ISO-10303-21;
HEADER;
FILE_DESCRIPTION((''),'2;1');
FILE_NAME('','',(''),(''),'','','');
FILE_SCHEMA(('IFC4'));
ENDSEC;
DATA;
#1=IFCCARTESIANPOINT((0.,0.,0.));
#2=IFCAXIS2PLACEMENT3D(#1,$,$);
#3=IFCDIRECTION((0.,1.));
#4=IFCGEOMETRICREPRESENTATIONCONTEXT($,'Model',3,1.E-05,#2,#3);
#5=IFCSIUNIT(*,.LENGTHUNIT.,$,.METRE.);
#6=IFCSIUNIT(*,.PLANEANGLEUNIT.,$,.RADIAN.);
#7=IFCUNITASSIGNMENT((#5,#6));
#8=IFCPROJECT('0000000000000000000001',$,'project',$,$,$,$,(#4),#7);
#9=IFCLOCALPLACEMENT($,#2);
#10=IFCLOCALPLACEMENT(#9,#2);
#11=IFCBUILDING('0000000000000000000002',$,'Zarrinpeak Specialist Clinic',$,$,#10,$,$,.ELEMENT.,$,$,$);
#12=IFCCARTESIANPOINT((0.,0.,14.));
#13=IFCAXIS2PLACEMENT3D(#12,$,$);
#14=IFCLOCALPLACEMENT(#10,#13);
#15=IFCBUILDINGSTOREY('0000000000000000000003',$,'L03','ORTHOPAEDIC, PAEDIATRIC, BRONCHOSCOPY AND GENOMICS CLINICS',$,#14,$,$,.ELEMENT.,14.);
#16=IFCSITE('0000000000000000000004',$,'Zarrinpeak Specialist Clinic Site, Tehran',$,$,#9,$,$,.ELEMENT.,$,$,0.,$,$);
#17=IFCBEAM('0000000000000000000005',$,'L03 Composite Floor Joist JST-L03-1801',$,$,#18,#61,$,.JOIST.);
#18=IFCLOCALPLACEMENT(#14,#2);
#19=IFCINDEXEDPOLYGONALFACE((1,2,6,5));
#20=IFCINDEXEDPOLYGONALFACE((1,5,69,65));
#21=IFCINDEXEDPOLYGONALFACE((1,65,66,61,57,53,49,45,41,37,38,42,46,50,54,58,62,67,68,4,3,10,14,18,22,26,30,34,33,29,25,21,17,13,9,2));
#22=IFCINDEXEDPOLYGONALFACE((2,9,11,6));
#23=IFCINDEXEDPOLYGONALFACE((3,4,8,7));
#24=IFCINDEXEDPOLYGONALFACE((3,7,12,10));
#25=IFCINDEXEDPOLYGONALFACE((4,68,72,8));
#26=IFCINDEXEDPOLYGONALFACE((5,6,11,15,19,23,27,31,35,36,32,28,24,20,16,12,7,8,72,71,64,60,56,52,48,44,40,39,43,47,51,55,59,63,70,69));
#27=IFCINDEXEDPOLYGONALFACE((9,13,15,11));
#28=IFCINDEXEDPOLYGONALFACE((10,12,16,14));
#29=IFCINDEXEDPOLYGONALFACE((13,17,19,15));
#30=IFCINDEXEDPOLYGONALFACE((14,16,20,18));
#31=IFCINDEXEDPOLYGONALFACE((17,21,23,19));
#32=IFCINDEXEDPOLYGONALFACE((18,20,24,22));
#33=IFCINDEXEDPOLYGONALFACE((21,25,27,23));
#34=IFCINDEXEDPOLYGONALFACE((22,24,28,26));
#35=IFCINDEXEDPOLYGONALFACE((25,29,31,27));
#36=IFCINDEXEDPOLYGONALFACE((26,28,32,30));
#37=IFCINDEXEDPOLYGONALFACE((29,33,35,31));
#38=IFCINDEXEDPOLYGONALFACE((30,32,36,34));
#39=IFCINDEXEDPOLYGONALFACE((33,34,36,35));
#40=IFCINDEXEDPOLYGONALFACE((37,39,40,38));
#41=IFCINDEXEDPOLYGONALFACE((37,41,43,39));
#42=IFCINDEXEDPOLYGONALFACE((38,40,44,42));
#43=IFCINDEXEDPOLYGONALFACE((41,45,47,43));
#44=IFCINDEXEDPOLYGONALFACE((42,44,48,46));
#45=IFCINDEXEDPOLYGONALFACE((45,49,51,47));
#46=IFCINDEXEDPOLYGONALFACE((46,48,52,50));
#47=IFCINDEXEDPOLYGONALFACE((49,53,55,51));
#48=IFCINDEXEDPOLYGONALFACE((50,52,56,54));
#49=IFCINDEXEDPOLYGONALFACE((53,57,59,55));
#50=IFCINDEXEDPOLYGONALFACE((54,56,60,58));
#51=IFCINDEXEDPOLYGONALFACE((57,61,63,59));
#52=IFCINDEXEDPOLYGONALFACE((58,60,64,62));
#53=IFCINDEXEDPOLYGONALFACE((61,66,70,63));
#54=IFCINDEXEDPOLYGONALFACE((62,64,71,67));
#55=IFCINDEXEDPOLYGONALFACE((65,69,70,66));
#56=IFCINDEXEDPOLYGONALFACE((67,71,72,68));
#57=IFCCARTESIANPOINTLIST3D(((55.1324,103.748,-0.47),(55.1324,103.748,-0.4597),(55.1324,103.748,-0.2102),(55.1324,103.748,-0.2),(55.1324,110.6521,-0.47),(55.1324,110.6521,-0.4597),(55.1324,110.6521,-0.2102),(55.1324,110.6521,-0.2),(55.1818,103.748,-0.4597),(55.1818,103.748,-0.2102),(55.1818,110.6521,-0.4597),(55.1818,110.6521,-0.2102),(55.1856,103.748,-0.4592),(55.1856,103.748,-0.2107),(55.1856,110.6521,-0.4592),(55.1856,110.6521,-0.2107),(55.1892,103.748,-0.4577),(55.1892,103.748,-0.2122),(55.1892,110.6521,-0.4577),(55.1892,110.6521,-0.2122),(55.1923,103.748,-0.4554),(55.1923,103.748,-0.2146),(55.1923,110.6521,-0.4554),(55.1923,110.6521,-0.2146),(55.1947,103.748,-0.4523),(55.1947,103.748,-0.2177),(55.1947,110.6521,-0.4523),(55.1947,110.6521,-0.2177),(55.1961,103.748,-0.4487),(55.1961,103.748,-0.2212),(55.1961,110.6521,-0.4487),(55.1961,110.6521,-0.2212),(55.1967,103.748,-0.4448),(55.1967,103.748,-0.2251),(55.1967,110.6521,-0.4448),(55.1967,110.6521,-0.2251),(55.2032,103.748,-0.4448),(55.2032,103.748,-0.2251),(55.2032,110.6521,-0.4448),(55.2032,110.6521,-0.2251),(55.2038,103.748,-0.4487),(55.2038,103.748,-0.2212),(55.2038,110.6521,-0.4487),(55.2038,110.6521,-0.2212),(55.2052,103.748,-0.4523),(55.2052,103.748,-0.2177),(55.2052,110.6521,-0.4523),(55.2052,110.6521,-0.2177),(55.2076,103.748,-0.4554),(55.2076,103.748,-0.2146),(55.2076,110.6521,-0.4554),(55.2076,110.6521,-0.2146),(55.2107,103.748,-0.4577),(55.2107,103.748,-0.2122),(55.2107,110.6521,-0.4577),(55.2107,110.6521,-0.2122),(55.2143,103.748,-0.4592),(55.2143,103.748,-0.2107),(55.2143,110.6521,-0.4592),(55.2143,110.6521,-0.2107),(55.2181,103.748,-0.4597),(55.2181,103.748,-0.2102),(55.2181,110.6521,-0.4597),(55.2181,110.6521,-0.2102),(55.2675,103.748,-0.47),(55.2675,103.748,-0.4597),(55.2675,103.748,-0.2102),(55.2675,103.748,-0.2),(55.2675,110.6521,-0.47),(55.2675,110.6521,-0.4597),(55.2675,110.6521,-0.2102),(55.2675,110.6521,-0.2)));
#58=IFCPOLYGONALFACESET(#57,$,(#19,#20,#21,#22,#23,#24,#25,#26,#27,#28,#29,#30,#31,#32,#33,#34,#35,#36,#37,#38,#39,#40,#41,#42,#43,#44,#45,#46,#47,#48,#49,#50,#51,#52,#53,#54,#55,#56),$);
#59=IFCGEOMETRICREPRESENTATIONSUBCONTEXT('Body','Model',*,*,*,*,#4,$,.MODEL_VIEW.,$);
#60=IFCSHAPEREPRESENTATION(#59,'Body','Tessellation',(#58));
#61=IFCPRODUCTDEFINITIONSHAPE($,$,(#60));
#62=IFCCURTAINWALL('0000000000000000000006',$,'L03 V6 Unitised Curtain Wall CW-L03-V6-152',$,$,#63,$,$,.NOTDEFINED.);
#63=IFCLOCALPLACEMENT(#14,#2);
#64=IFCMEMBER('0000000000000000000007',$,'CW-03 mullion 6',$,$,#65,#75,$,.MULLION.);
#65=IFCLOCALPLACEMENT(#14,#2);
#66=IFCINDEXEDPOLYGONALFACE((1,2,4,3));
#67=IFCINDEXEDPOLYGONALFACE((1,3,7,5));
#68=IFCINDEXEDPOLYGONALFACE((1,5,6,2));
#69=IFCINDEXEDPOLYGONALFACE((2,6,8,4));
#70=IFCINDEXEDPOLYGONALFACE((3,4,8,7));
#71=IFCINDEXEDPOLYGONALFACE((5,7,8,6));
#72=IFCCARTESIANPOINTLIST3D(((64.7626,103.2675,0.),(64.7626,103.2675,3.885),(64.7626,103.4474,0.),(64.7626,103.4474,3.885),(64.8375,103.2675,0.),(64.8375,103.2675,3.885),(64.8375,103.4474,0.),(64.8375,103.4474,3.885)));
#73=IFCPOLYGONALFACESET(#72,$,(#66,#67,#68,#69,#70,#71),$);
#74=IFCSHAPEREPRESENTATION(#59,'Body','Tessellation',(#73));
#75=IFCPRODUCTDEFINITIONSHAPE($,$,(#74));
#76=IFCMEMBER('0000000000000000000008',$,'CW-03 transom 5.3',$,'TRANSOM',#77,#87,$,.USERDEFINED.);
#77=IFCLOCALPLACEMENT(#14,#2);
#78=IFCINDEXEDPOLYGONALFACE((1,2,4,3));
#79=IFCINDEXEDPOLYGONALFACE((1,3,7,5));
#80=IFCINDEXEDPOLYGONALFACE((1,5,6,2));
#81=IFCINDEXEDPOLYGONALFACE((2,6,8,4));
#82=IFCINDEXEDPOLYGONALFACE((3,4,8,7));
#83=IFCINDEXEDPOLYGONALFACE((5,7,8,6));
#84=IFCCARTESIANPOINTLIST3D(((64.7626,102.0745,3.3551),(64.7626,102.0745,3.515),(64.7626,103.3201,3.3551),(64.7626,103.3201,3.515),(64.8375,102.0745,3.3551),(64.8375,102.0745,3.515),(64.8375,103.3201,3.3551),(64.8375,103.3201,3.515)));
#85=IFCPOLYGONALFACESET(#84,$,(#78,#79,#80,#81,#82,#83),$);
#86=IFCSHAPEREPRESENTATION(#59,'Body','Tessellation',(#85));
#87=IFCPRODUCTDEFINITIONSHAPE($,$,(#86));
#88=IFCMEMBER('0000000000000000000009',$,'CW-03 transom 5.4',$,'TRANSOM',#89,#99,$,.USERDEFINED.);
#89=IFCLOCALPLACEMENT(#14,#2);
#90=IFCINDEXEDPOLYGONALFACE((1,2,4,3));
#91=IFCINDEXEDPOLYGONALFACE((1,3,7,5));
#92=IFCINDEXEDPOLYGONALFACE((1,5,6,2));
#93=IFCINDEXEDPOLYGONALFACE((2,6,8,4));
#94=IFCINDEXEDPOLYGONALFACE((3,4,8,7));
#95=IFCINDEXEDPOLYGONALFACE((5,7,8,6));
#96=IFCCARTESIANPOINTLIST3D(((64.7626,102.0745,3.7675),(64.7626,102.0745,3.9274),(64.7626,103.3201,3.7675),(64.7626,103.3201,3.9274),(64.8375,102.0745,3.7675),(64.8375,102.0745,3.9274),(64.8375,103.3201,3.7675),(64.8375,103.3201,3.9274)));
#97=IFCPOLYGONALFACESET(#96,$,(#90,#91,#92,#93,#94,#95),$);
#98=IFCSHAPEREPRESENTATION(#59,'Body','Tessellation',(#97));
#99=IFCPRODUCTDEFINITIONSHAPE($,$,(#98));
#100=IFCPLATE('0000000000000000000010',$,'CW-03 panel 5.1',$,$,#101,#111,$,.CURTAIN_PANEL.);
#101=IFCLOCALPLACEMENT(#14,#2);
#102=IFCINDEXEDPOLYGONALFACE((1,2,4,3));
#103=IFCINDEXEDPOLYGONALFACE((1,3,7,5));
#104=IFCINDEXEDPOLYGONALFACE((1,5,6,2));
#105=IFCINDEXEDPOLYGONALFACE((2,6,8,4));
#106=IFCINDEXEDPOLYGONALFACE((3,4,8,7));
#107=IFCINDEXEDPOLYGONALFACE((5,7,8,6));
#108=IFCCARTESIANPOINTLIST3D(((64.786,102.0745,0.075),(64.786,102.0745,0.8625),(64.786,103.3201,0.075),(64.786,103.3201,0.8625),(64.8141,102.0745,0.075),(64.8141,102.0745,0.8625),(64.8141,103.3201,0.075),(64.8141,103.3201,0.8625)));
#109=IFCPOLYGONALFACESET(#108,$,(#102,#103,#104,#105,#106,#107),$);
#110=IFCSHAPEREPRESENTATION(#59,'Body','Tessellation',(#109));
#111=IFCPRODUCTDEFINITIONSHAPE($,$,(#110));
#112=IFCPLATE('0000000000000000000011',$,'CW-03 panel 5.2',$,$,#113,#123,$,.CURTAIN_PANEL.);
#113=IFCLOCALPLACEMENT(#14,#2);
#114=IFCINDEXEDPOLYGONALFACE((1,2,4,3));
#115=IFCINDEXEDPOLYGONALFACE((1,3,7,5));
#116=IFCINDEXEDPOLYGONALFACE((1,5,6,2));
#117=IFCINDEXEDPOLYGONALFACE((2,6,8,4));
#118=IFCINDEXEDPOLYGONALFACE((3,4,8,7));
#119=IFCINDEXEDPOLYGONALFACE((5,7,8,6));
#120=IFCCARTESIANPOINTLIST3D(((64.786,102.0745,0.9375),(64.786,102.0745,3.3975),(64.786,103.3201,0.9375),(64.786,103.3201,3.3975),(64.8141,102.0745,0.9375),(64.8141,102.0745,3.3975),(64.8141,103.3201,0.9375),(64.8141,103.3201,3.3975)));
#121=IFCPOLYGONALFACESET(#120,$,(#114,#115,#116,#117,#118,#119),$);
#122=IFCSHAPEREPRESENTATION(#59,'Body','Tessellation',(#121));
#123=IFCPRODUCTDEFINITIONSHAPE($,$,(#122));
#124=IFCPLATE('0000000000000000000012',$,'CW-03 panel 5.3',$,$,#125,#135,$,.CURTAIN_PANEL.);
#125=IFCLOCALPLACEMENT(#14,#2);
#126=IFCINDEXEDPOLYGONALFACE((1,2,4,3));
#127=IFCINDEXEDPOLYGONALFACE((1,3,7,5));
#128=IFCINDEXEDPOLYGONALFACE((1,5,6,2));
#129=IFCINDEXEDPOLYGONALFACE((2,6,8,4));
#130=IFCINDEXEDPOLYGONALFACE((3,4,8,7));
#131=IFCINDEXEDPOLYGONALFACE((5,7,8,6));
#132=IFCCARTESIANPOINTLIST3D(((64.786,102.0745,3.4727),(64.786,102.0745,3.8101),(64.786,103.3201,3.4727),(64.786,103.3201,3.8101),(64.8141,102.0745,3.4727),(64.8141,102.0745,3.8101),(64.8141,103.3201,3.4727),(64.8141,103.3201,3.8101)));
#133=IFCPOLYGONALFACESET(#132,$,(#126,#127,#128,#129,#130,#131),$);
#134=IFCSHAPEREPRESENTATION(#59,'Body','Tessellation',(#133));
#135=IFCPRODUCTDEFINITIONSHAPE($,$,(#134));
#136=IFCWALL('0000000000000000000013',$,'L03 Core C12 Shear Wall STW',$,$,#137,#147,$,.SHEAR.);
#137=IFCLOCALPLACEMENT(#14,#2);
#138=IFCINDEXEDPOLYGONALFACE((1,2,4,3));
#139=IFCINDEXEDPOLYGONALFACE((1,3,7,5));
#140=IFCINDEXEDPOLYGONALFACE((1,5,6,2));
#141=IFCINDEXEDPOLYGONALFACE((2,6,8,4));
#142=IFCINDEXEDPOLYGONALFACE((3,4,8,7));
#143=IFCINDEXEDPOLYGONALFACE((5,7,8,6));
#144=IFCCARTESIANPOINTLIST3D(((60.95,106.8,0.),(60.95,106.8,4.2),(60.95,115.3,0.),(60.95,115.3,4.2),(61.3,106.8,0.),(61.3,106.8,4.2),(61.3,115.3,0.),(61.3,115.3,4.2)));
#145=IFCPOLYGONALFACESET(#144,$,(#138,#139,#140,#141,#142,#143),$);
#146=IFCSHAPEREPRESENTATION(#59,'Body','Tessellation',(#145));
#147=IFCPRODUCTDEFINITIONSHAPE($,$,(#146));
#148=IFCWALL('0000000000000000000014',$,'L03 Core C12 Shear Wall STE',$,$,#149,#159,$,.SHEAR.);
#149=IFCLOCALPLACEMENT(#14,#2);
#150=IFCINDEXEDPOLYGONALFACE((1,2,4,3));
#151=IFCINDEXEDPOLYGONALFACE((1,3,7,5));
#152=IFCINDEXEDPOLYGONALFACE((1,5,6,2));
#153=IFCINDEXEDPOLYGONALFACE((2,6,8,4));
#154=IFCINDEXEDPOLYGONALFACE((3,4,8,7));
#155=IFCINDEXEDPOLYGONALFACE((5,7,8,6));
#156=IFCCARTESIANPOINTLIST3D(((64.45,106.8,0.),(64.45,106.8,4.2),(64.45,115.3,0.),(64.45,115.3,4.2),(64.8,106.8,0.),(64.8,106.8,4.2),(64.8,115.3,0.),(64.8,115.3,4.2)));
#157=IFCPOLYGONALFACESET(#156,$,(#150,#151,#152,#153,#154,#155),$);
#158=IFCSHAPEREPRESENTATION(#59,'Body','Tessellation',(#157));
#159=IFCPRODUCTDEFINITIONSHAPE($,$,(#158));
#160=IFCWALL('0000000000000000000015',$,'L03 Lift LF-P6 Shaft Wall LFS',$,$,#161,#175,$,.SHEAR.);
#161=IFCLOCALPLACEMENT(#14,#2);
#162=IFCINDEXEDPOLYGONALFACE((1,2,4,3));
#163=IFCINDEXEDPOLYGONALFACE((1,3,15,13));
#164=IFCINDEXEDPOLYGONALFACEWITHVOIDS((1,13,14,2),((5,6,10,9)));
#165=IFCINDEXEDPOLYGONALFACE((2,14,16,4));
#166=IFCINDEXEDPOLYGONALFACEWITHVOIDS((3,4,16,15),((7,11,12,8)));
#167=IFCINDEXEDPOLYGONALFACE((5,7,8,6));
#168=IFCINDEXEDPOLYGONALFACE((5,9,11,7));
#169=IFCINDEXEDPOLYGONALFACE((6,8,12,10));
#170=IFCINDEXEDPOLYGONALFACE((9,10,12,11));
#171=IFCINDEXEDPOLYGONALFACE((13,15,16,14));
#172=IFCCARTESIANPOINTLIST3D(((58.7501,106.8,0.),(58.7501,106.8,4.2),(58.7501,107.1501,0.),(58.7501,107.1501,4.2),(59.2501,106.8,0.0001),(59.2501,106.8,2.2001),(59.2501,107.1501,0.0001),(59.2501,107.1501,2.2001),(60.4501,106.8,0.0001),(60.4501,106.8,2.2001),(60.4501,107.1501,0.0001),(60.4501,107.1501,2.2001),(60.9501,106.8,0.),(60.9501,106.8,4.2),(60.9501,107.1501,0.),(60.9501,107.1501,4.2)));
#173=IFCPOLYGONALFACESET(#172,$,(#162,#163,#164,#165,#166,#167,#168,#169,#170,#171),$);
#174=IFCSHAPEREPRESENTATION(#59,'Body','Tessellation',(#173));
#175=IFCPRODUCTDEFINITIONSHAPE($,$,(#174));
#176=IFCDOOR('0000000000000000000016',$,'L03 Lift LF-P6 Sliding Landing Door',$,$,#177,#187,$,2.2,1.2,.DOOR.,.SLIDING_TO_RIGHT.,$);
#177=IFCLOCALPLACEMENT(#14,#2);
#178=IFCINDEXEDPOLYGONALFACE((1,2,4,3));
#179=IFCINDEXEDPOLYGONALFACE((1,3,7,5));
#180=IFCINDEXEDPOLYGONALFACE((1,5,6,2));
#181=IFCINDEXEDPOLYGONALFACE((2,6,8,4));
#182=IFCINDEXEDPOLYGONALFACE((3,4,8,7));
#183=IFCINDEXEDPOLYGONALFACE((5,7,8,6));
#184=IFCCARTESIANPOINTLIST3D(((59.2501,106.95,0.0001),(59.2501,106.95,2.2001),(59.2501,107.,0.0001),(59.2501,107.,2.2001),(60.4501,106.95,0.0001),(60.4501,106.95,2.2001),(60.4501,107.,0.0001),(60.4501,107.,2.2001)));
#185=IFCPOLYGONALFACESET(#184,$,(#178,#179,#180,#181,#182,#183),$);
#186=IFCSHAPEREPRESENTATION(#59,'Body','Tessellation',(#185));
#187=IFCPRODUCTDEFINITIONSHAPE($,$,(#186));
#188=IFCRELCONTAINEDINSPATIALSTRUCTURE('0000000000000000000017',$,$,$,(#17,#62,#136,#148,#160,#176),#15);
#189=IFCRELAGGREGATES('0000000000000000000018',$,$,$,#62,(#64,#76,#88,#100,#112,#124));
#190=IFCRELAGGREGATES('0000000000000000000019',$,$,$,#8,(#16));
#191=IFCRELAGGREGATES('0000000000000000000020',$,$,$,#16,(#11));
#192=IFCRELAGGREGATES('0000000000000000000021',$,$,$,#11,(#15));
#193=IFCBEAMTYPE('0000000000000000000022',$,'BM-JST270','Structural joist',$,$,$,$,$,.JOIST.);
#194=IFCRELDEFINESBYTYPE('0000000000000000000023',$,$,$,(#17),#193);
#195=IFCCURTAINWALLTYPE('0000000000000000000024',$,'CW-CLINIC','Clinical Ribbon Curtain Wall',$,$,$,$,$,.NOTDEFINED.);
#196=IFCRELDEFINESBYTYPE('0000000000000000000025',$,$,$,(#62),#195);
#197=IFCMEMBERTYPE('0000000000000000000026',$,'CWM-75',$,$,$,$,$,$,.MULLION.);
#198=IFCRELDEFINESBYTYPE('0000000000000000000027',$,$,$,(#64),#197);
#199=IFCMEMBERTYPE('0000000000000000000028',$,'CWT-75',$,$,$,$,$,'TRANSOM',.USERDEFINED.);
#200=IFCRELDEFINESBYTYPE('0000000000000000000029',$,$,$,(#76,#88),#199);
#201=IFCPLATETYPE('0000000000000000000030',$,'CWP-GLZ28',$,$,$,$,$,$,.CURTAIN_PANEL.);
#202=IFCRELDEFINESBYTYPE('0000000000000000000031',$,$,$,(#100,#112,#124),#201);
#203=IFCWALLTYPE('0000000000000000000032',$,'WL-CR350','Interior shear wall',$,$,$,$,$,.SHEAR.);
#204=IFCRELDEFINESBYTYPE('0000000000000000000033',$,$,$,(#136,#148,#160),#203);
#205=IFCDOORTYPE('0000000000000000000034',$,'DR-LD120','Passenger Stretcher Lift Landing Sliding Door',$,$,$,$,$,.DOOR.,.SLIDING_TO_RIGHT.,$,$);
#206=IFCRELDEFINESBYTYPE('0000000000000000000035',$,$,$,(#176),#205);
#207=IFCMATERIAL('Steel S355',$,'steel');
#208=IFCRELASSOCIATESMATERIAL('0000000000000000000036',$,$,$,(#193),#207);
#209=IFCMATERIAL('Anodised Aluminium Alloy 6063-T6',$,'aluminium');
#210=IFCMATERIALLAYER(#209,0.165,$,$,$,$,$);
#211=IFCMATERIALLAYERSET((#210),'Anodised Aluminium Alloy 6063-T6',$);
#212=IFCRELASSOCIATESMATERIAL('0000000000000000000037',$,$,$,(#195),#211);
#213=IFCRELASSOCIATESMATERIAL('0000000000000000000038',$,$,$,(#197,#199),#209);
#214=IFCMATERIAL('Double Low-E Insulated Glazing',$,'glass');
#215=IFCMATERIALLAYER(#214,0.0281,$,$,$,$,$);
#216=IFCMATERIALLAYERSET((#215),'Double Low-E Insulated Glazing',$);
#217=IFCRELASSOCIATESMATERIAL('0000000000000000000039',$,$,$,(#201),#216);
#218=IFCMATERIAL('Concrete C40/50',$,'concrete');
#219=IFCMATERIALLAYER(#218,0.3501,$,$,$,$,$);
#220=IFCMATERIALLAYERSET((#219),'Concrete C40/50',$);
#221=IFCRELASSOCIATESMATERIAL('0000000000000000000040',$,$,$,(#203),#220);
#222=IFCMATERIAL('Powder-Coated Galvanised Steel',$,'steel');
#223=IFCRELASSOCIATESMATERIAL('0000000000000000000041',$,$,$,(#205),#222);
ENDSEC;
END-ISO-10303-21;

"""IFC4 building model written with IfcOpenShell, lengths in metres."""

from ifc_helpers import new_model, si_unit, direction, frame, frame_2d, origin, origin_2d, place, context, subcontext, project, spatial, rectangle, i_section, extrude, material, layer, layer_set, material_profile, profile_set, type_object, element, fill, aggregate, save


model = new_model("IFC4")

# Units and contexts
model_context = context("Model", 3, precision=1e-05, world=origin(), true_north=direction((0.0, 1.0)))
body_context = subcontext(model_context, "Body", "Model", "MODEL_VIEW")
ifc_project = project(units=[si_unit("LENGTHUNIT", "METRE"), si_unit("PLANEANGLEUNIT", "RADIAN")], contexts=[model_context])

# Site, building, storey
site_placement = place(None, origin())
site = spatial("IfcSite", under=ifc_project, at=site_placement, Name="Zarrinpeak Specialist Clinic Site, Tehran", CompositionType="ELEMENT", RefElevation=0.0)
building_placement = place(site_placement, origin())
building = spatial("IfcBuilding", under=site, at=building_placement, Name="Zarrinpeak Specialist Clinic", CompositionType="ELEMENT")
storey_placement = place(building_placement, frame((0.0, 0.0, 14.0)))
storey = spatial("IfcBuildingStorey", under=building, at=storey_placement, Name="L03", Description="ORTHOPAEDIC, PAEDIATRIC, BRONCHOSCOPY AND GENOMICS CLINICS", CompositionType="ELEMENT", Elevation=14.0)

# Shared definitions
ifc_material_1 = material(Name="Steel S355", Category="steel")

# Beam
ifc_material_profile_1 = material_profile(ifc_material_1, i_section(OverallWidth=0.135, OverallDepth=0.27, WebThickness=0.0066, FlangeThickness=0.0103, FilletRadius=0.0149, at=origin_2d()), Name="IPE 270")
ifc_profile_set_1 = profile_set([ifc_material_profile_1], Name="Steel S355")
beam_type_1 = type_object("IfcBeamType", Name="BM-JST270", Description="Structural joist", PredefinedType="JOIST", material=ifc_profile_set_1)
for number, where, z_axis, x_axis, name in (
    (1, (55.2, 103.748, -0.335), (0.0, 1.0, 0.0), (-1.0, 0.0, 0.0), "L03 Composite Floor Joist JST-L03-1801"),
):
    element("IfcBeam", number, at=place(storey_placement, frame(where, z_axis=z_axis, x_axis=x_axis)), inside=storey, type_object=beam_type_1, Name=name, PredefinedType="JOIST", context=body_context, shape_type="SweptSolid", body=[
        extrude(i_section(OverallWidth=0.135, OverallDepth=0.27, WebThickness=0.0066, FlangeThickness=0.0103, FilletRadius=0.0149, at=origin_2d()), origin(), (0.0, 0.0, 1.0), 6.9041),
    ])

# Curtain wall, members, plates
ifc_material_2 = material(Name="Anodised Aluminium Alloy 6063-T6", Category="aluminium")
ifc_layer_1 = layer(ifc_material_2, 0.165)
ifc_layer_set_1 = layer_set([ifc_layer_1], Name="Anodised Aluminium Alloy 6063-T6")
curtain_wall_type = type_object("IfcCurtainWallType", Name="CW-CLINIC", Description="Clinical Ribbon Curtain Wall", PredefinedType="NOTDEFINED", material=ifc_layer_set_1)
curtain_wall_placement = place(storey_placement, origin())
curtain_wall = element("IfcCurtainWall", 2, at=curtain_wall_placement, inside=storey, type_object=curtain_wall_type, Name="L03 V6 Unitised Curtain Wall CW-L03-V6-152", PredefinedType="NOTDEFINED")
ifc_material_profile_2 = material_profile(ifc_material_2, rectangle(XDim=0.075, YDim=0.1799, at=origin_2d()), Name="ALU 75x180")
ifc_profile_set_2 = profile_set([ifc_material_profile_2], Name="Anodised Aluminium Alloy 6063-T6")
member_type_1 = type_object("IfcMemberType", Name="CWM-75", PredefinedType="MULLION", material=ifc_profile_set_2)
member_1_placement = place(storey_placement, frame((64.8, 103.3574, 0.0), z_axis=(0.0, 0.0, 1.0), x_axis=(-1.0, 0.0, 0.0)))
member_1 = element("IfcMember", 3, at=member_1_placement, type_object=member_type_1, Name="CW-03 mullion 6", PredefinedType="MULLION", context=body_context, shape_type="SweptSolid", body=[
    extrude(rectangle(XDim=0.075, YDim=0.1799, at=origin_2d()), origin(), (0.0, 0.0, 1.0), 3.885),
])
ifc_material_profile_3 = material_profile(ifc_material_2, rectangle(XDim=0.075, YDim=0.1599, at=origin_2d()), Name="ALU 75x160")
ifc_profile_set_3 = profile_set([ifc_material_profile_3], Name="Anodised Aluminium Alloy 6063-T6")
member_type_2 = type_object("IfcMemberType", Name="CWT-75", ElementType="TRANSOM", PredefinedType="USERDEFINED", material=ifc_profile_set_3)
member_2_placement = place(storey_placement, frame((64.8, 102.0745, 3.4351), z_axis=(0.0, 1.0, 0.0), x_axis=(-1.0, 0.0, 0.0)))
member_2 = element("IfcMember", 4, at=member_2_placement, type_object=member_type_2, Name="CW-03 transom 5.3", ObjectType="TRANSOM", PredefinedType="USERDEFINED", context=body_context, shape_type="SweptSolid", body=[
    extrude(rectangle(XDim=0.075, YDim=0.1599, at=origin_2d()), origin(), (0.0, 0.0, 1.0), 1.2456),
])
member_3_placement = place(storey_placement, frame((64.8, 102.0745, 3.8474), z_axis=(0.0, 1.0, 0.0), x_axis=(-1.0, 0.0, 0.0)))
member_3 = element("IfcMember", 5, at=member_3_placement, type_object=member_type_2, Name="CW-03 transom 5.4", ObjectType="TRANSOM", PredefinedType="USERDEFINED", context=body_context, shape_type="SweptSolid", body=[
    extrude(rectangle(XDim=0.075, YDim=0.1599, at=origin_2d()), origin(), (0.0, 0.0, 1.0), 1.2456),
])
ifc_material_3 = material(Name="Double Low-E Insulated Glazing", Category="glass")
ifc_layer_2 = layer(ifc_material_3, 0.0281)
ifc_layer_set_2 = layer_set([ifc_layer_2], Name="Double Low-E Insulated Glazing")
plate_type = type_object("IfcPlateType", Name="CWP-GLZ28", PredefinedType="CURTAIN_PANEL", material=ifc_layer_set_2)
plate_1_placement = place(storey_placement, frame((64.8, 102.6973, 0.075), z_axis=(0.0, 0.0, 1.0), x_axis=(0.0, 1.0, 0.0)))
plate_1 = element("IfcPlate", 6, at=plate_1_placement, type_object=plate_type, Name="CW-03 panel 5.1", PredefinedType="CURTAIN_PANEL", context=body_context, shape_type="SweptSolid", body=[
    extrude(rectangle(XDim=1.2456, YDim=0.0281, at=origin_2d()), origin(), (0.0, 0.0, 1.0), 0.7876),
])
plate_2_placement = place(storey_placement, frame((64.8, 102.6973, 0.9375), z_axis=(0.0, 0.0, 1.0), x_axis=(0.0, 1.0, 0.0)))
plate_2 = element("IfcPlate", 7, at=plate_2_placement, type_object=plate_type, Name="CW-03 panel 5.2", PredefinedType="CURTAIN_PANEL", context=body_context, shape_type="SweptSolid", body=[
    extrude(rectangle(XDim=1.2456, YDim=0.0281, at=origin_2d()), origin(), (0.0, 0.0, 1.0), 2.46),
])
plate_3_placement = place(storey_placement, frame((64.8, 102.6973, 3.4727), z_axis=(0.0, 0.0, 1.0), x_axis=(0.0, 1.0, 0.0)))
plate_3 = element("IfcPlate", 8, at=plate_3_placement, type_object=plate_type, Name="CW-03 panel 5.3", PredefinedType="CURTAIN_PANEL", context=body_context, shape_type="SweptSolid", body=[
    extrude(rectangle(XDim=1.2456, YDim=0.0281, at=origin_2d()), origin(), (0.0, 0.0, 1.0), 0.3374),
])
aggregate(curtain_wall, [member_1, member_2, member_3, plate_1, plate_2, plate_3])

# Shared definitions
ifc_material_4 = material(Name="Concrete C40/50", Category="concrete")
ifc_layer_3 = layer(ifc_material_4, 0.3501)
ifc_layer_set_3 = layer_set([ifc_layer_3], Name="Concrete C40/50")
wall_type_1 = type_object("IfcWallType", Name="WL-CR350", Description="Interior shear wall", PredefinedType="SHEAR", material=ifc_layer_set_3)
ifc_material_5 = material(Name="Powder-Coated Galvanised Steel", Category="steel")

# Walls
for number, where, z_axis, x_axis, name in (
    (9, (61.125, 106.8, 0.0), (0.0, 0.0, 1.0), (0.0, 1.0, 0.0), "L03 Core C12 Shear Wall STW"),
    (10, (64.625, 106.8, 0.0), (0.0, 0.0, 1.0), (0.0, 1.0, 0.0), "L03 Core C12 Shear Wall STE"),
):
    element("IfcWall", number, at=place(storey_placement, frame(where, z_axis=z_axis, x_axis=x_axis)), inside=storey, type_object=wall_type_1, Name=name, PredefinedType="SHEAR", context=body_context, shape_type="SweptSolid", body=[
        extrude(rectangle(XDim=8.5, YDim=0.3501, at=frame_2d((4.25, 0.0))), origin(), (0.0, 0.0, 1.0), 4.2),
    ])

# Wall, opening, door
wall_1_placement = place(storey_placement, frame((58.75, 106.9751, 0.0), z_axis=(0.0, 0.0, 1.0), x_axis=(1.0, 0.0, 0.0)))
wall_1 = element("IfcWall", 11, at=wall_1_placement, inside=storey, type_object=wall_type_1, Name="L03 Lift LF-P6 Shaft Wall LFS", PredefinedType="SHEAR", context=body_context, shape_type="SweptSolid", body=[
    extrude(rectangle(XDim=2.2, YDim=0.3501, at=frame_2d((1.1001, 0.0))), origin(), (0.0, 0.0, 1.0), 4.2),
])
opening_1_placement = place(wall_1_placement, frame((0.5, 0.0, 0.0)))
opening_1 = element("IfcOpeningElement", 12, at=opening_1_placement, cuts=wall_1, PredefinedType="OPENING", context=body_context, shape_type="SweptSolid", body=[
    extrude(rectangle(XDim=1.2, YDim=2.2, at=frame_2d((0.6001, 1.1001))), frame((0.0, 0.1851, 0.0), z_axis=(0.0, -1.0, 0.0), x_axis=(1.0, 0.0, 0.0)), (0.0, 0.0, 1.0), 0.3701),
])
door_type_1 = type_object("IfcDoorType", Name="DR-LD120", Description="Passenger Stretcher Lift Landing Sliding Door", OperationType="SLIDING_TO_RIGHT", PredefinedType="DOOR", material=ifc_material_5)
door_1_placement = place(opening_1_placement, origin())
door_1 = element("IfcDoor", 13, at=door_1_placement, inside=storey, type_object=door_type_1, Name="L03 Lift LF-P6 Sliding Landing Door", OperationType="SLIDING_TO_RIGHT", OverallHeight=2.2, OverallWidth=1.2, PredefinedType="DOOR", context=body_context, shape_type="SweptSolid", body=[
    extrude(rectangle(XDim=1.2, YDim=2.2, at=frame_2d((0.6001, 1.1001))), frame((0.0, 0.0249, 0.0), z_axis=(0.0, -1.0, 0.0), x_axis=(1.0, 0.0, 0.0)), (0.0, 0.0, 1.0), 0.05),
])
fill(opening_1, door_1)

save(model, "model.ifc")
